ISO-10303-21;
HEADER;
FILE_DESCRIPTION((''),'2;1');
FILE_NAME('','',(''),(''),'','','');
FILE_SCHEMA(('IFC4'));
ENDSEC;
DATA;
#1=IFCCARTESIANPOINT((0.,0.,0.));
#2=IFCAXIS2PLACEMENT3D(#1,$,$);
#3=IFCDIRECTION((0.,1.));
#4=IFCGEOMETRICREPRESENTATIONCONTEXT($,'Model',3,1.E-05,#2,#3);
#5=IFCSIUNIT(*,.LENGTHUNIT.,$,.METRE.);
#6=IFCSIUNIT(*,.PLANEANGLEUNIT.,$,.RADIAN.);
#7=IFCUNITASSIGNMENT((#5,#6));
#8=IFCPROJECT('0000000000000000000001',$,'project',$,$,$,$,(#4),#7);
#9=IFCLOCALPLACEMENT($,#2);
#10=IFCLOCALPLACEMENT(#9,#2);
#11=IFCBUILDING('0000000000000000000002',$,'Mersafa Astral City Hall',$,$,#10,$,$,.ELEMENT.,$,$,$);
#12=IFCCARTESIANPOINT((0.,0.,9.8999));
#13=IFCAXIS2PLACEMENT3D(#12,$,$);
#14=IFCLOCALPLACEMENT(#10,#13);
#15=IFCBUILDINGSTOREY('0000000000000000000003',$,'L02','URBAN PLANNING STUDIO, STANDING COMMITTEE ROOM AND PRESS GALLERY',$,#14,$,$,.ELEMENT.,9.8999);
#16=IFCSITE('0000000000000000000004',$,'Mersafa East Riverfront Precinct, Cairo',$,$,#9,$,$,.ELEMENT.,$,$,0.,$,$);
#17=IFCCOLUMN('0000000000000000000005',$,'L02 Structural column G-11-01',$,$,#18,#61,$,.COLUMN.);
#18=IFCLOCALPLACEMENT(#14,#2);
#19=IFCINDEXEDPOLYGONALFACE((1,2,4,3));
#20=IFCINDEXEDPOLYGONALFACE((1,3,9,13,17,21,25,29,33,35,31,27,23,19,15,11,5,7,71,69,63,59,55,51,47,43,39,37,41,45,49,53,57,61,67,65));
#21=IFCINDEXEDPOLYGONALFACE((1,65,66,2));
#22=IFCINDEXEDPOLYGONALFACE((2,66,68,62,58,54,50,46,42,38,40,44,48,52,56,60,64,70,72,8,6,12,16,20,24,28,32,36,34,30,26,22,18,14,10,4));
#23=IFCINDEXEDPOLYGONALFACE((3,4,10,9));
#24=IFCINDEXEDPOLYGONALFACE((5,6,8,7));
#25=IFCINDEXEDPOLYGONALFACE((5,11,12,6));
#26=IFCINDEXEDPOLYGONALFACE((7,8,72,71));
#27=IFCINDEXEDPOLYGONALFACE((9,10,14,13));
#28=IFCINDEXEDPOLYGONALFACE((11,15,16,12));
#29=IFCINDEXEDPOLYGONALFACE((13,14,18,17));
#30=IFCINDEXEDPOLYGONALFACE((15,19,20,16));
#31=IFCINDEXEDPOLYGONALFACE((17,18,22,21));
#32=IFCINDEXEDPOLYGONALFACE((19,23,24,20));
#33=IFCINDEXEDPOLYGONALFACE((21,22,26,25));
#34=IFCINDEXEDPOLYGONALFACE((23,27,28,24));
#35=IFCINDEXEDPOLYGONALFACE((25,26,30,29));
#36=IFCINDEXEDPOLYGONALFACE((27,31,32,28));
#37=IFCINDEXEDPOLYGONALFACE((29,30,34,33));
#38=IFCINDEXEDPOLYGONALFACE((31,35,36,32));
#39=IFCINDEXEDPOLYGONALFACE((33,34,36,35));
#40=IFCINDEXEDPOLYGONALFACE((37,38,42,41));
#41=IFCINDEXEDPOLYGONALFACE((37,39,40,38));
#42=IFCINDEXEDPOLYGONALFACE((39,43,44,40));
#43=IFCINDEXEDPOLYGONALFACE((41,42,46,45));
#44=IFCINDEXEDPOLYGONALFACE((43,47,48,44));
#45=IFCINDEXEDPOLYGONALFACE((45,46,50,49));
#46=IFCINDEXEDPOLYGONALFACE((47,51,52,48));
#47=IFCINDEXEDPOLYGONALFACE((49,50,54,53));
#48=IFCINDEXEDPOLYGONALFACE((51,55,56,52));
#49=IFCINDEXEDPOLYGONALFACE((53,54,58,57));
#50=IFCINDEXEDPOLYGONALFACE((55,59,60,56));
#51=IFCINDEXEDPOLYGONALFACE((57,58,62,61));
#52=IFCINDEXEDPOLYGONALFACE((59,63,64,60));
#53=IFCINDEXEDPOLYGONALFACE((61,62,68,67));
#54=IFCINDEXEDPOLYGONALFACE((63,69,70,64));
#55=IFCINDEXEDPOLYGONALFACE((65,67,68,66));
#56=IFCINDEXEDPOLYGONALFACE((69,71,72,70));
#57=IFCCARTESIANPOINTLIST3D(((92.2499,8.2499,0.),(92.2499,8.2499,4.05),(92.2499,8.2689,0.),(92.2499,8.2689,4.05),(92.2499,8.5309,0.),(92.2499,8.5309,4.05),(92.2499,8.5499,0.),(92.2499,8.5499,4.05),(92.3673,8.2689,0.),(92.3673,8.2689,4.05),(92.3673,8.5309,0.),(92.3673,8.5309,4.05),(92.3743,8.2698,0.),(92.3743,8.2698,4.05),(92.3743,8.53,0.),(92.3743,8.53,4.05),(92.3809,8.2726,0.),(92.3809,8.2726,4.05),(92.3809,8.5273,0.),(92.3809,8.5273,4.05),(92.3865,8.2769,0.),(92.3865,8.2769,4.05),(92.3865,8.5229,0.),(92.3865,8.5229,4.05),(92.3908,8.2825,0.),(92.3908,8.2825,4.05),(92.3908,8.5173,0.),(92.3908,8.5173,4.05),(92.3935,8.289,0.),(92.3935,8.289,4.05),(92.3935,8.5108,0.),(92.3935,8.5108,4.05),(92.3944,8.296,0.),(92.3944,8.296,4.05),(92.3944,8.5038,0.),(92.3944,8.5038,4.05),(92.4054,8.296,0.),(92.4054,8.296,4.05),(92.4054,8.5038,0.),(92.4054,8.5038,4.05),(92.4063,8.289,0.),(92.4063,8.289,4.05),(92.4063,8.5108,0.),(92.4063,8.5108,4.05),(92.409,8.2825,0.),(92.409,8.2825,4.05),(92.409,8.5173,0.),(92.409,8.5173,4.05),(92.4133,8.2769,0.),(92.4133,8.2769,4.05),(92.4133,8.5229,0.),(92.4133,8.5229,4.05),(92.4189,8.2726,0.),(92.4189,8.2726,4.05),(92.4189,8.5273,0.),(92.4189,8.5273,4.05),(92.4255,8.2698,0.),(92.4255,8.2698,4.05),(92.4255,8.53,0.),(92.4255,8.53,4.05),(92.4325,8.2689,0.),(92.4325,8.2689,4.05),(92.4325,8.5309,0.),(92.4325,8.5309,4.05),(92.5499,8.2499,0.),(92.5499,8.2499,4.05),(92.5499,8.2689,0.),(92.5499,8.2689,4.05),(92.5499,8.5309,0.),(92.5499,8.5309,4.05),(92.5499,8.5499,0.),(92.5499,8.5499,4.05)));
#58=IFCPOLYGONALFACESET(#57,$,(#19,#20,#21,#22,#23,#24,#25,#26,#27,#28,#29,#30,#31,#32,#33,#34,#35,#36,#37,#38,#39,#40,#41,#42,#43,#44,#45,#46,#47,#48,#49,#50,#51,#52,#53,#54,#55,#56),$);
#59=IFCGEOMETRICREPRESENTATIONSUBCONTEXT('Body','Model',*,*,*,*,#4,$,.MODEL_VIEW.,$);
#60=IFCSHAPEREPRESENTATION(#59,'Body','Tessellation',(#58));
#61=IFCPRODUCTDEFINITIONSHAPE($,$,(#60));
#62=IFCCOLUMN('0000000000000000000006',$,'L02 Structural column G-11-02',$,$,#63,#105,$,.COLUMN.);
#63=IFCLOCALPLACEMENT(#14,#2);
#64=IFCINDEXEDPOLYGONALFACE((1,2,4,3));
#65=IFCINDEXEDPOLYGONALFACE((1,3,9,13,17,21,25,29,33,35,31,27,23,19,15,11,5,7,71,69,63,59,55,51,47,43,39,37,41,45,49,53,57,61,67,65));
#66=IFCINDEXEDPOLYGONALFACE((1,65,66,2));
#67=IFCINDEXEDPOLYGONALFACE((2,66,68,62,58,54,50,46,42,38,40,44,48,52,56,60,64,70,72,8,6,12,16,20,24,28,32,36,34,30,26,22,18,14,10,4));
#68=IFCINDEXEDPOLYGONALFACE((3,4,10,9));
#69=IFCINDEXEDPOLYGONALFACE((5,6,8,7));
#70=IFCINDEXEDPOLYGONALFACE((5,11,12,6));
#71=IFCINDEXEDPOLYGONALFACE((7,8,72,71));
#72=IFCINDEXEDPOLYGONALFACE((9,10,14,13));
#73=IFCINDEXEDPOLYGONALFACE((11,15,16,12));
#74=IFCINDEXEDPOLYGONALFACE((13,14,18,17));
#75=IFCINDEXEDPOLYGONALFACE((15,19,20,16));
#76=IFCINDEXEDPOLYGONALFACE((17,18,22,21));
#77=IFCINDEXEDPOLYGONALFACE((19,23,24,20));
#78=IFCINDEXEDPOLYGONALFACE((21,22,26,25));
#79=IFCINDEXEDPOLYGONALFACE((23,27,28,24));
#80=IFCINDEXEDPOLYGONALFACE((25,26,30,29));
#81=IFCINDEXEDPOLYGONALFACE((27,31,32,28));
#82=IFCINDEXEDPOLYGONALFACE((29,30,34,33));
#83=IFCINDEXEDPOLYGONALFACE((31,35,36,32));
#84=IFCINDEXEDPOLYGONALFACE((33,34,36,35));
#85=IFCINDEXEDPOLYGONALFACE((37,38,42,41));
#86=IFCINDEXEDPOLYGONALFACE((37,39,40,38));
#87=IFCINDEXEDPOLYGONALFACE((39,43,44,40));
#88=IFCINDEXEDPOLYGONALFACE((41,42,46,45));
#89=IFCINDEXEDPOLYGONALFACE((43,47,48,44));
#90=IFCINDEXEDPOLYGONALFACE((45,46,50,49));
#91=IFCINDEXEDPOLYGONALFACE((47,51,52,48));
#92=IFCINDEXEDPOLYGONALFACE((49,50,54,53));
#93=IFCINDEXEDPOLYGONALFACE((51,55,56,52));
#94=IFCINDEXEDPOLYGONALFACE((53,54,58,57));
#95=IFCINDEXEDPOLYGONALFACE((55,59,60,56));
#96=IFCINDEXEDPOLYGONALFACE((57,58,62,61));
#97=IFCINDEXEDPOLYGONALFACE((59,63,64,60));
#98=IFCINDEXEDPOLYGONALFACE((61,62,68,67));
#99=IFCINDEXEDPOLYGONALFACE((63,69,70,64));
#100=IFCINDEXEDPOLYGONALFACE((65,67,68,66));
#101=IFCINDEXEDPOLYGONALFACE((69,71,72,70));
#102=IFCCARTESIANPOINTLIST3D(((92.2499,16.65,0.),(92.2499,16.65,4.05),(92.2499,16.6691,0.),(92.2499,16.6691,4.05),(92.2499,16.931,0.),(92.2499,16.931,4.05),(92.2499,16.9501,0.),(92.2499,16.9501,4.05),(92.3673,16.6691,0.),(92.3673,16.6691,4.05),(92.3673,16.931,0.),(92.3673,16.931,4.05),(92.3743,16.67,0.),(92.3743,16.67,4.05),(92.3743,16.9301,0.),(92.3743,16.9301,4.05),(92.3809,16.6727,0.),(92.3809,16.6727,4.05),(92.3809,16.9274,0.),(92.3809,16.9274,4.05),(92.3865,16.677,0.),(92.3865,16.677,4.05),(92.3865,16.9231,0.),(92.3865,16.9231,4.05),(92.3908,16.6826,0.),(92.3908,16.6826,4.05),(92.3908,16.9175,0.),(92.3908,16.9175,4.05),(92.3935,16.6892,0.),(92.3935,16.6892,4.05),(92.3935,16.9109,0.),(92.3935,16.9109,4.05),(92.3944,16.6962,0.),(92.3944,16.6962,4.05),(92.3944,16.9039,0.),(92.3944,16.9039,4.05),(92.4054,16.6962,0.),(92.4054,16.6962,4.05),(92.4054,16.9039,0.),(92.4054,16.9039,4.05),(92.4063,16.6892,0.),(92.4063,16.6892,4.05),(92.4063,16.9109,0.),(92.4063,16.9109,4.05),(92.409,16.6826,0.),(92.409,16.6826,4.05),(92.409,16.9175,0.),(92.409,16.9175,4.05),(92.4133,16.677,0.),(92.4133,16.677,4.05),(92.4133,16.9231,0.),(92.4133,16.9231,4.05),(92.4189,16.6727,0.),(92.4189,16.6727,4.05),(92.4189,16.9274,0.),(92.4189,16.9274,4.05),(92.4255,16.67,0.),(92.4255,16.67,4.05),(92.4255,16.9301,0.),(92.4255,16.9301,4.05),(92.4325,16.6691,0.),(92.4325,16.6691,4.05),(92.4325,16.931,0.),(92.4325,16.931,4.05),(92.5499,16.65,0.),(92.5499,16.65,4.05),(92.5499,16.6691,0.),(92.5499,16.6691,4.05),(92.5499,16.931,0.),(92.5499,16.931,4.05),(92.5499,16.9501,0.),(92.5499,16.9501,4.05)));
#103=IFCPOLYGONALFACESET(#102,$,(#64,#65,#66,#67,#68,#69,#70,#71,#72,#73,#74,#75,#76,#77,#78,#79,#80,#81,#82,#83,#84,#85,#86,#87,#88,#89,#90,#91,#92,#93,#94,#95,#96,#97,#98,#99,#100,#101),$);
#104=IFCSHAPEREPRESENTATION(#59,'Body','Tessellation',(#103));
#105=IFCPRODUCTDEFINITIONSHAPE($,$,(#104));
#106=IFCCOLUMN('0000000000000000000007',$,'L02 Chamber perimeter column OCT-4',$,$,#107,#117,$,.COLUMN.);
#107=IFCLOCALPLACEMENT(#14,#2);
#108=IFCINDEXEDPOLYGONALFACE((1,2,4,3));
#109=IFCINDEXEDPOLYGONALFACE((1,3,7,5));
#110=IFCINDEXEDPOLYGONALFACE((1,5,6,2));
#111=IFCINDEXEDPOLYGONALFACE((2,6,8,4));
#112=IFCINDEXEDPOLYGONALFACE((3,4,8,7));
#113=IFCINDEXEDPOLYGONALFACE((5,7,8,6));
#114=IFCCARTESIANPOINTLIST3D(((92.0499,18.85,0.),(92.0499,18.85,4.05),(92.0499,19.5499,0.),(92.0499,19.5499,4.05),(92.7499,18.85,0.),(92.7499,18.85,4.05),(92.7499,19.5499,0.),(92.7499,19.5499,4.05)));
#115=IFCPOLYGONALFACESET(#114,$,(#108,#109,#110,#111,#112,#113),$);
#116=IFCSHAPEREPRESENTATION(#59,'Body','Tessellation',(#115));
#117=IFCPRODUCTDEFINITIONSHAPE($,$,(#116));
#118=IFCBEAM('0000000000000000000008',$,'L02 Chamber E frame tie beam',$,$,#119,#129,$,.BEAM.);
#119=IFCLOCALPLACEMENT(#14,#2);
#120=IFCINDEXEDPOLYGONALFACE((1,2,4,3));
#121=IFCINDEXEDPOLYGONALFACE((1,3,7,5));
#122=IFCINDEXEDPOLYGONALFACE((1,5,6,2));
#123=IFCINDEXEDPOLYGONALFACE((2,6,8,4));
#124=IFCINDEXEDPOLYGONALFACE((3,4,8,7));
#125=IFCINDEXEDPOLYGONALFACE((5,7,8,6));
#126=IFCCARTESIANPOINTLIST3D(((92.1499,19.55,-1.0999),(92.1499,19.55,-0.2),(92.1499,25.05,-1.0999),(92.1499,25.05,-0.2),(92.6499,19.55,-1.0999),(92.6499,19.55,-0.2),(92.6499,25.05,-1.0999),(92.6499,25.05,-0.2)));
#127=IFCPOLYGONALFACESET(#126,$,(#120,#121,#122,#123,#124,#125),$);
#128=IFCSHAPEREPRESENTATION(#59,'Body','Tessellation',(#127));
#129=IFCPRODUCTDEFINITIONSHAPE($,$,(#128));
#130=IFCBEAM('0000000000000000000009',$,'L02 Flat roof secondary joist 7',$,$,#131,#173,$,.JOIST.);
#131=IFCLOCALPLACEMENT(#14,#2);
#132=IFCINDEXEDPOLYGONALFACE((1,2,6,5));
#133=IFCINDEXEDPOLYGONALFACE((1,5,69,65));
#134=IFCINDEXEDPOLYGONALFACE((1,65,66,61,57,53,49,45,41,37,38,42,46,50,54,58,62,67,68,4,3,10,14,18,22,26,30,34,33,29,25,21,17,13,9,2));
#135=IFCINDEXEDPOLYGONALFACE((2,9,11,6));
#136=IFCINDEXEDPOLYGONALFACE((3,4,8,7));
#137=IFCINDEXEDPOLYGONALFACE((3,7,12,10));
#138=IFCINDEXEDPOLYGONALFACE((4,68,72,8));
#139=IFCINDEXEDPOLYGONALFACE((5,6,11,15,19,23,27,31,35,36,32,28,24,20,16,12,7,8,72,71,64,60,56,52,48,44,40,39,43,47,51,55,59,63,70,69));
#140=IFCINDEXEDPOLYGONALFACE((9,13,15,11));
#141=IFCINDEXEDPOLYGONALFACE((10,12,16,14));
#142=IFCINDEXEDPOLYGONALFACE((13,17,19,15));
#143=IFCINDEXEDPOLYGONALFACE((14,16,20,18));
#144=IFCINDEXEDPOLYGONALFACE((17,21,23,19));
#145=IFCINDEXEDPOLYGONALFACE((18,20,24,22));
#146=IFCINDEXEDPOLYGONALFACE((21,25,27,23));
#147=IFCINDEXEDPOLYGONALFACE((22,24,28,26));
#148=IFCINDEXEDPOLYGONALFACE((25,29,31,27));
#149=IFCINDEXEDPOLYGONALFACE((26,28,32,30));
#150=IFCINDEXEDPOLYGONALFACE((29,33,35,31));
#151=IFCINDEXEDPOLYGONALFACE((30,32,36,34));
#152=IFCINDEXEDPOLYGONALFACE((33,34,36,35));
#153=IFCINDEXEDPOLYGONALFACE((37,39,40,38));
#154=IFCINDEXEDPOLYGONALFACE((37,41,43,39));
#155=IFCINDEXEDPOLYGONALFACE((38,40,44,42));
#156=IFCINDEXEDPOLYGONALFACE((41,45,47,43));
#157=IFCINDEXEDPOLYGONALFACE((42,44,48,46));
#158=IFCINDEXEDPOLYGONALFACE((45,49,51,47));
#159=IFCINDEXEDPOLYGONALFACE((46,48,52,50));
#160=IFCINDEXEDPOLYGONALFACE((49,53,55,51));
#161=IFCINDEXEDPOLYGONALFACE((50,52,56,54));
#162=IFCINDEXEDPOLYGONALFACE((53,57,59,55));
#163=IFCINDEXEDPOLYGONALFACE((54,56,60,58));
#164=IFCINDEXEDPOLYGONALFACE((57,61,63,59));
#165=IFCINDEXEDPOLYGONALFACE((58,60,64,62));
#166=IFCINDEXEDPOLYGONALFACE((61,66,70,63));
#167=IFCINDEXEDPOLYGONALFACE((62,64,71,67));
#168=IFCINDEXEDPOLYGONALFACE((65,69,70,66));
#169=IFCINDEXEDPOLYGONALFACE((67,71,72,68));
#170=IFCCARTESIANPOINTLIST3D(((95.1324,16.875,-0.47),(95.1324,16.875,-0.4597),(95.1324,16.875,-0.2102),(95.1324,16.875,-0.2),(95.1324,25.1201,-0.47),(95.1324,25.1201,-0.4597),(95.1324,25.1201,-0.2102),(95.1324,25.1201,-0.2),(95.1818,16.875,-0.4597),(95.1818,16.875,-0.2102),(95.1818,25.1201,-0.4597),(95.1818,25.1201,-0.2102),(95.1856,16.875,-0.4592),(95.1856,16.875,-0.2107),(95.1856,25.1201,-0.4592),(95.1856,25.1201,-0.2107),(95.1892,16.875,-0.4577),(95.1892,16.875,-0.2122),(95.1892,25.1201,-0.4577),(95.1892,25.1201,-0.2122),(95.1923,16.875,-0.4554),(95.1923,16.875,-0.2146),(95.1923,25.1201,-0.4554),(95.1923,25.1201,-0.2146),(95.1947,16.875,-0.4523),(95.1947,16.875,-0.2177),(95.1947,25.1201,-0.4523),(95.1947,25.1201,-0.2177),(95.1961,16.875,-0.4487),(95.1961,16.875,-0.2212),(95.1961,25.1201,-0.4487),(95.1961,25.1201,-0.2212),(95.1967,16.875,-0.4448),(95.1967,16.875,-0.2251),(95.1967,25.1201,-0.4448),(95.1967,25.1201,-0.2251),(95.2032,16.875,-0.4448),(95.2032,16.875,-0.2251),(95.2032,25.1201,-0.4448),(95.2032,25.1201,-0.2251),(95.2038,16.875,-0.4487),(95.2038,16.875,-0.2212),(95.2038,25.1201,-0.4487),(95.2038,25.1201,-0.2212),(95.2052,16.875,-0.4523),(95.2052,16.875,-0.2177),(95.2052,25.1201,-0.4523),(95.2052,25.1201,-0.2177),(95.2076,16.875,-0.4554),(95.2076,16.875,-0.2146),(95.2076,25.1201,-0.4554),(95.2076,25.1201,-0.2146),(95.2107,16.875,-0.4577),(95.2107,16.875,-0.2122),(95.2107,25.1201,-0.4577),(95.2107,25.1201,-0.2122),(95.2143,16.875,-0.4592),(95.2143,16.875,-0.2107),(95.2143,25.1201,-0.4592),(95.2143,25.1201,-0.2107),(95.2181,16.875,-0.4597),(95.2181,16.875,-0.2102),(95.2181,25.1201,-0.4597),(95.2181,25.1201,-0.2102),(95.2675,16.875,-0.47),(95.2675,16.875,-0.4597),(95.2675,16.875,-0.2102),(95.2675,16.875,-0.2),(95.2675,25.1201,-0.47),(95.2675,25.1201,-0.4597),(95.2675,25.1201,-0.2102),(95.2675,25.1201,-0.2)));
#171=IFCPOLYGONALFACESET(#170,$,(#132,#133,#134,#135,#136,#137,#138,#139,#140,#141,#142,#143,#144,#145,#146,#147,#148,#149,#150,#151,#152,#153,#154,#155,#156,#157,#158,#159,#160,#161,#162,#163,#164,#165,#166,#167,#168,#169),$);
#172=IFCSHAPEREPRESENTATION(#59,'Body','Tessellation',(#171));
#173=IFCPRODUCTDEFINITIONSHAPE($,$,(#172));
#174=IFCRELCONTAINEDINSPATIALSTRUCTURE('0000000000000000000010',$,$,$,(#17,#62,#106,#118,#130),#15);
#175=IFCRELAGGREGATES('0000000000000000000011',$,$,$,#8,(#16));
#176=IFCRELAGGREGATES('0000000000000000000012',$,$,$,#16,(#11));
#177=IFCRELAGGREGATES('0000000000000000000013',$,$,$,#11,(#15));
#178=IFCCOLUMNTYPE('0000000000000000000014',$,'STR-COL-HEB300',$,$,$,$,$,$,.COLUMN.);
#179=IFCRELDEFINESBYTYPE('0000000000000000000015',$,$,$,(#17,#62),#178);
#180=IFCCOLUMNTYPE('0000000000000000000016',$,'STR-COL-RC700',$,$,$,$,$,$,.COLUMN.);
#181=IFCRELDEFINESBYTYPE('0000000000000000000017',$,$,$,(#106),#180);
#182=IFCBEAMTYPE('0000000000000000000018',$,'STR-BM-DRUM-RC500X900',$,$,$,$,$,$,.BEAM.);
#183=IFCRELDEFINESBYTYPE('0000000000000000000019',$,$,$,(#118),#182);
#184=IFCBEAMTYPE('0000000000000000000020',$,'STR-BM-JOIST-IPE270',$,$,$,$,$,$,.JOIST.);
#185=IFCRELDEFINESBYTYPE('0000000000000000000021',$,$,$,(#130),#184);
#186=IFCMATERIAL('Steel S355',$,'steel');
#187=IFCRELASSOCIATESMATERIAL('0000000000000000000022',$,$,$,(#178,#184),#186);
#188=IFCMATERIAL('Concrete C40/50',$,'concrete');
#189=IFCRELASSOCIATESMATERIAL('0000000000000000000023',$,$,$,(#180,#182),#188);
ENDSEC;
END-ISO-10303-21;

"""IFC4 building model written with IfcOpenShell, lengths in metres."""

from ifc_helpers import new_model, si_unit, direction, frame, origin, origin_2d, place, context, subcontext, project, spatial, rectangle, i_section, extrude, material, material_profile, profile_set, type_object, element, save


model = new_model("IFC4")

# Units and contexts
model_context = context("Model", 3, precision=1e-05, world=origin(), true_north=direction((0.0, 1.0)))
body_context = subcontext(model_context, "Body", "Model", "MODEL_VIEW")
ifc_project = project(units=[si_unit("LENGTHUNIT", "METRE"), si_unit("PLANEANGLEUNIT", "RADIAN")], contexts=[model_context])

# Site, building, storey
site_placement = place(None, origin())
site = spatial("IfcSite", under=ifc_project, at=site_placement, Name="Mersafa East Riverfront Precinct, Cairo", CompositionType="ELEMENT", RefElevation=0.0)
building_placement = place(site_placement, origin())
building = spatial("IfcBuilding", under=site, at=building_placement, Name="Mersafa Astral City Hall", CompositionType="ELEMENT")
storey_placement = place(building_placement, frame((0.0, 0.0, 9.8999)))
storey = spatial("IfcBuildingStorey", under=building, at=storey_placement, Name="L02", Description="URBAN PLANNING STUDIO, STANDING COMMITTEE ROOM AND PRESS GALLERY", CompositionType="ELEMENT", Elevation=9.8999)

# Columns
ifc_material_1 = material(Name="Steel S355", Category="steel")
ifc_material_profile_1 = material_profile(ifc_material_1, i_section(OverallWidth=0.3, OverallDepth=0.3, WebThickness=0.011, FlangeThickness=0.019, FilletRadius=0.0271, at=origin_2d()), Name="HEB 300")
ifc_profile_set_1 = profile_set([ifc_material_profile_1], Name="Steel S355")
column_type_1 = type_object("IfcColumnType", Name="STR-COL-HEB300", PredefinedType="COLUMN", material=ifc_profile_set_1)
for number, where, z_axis, x_axis, name in (
    (1, (92.3999, 8.3999, 0.0), (0.0, 0.0, 1.0), (1.0, 0.0, 0.0), "L02 Structural column G-11-01"),
    (2, (92.3999, 16.8, 0.0), (0.0, 0.0, 1.0), (1.0, 0.0, 0.0), "L02 Structural column G-11-02"),
):
    element("IfcColumn", number, at=place(storey_placement, frame(where, z_axis=z_axis, x_axis=x_axis)), inside=storey, type_object=column_type_1, Name=name, PredefinedType="COLUMN", context=body_context, shape_type="SweptSolid", body=[
        extrude(i_section(OverallWidth=0.3, OverallDepth=0.3, WebThickness=0.011, FlangeThickness=0.019, FilletRadius=0.0271, at=origin_2d()), origin(), (0.0, 0.0, 1.0), 4.05),
    ])
ifc_material_2 = material(Name="Concrete C40/50", Category="concrete")
ifc_material_profile_2 = material_profile(ifc_material_2, rectangle(XDim=0.7, YDim=0.7, at=origin_2d()), Name="RC 700x700")
ifc_profile_set_2 = profile_set([ifc_material_profile_2], Name="Concrete C40/50")
column_type_2 = type_object("IfcColumnType", Name="STR-COL-RC700", PredefinedType="COLUMN", material=ifc_profile_set_2)
column_placement = place(storey_placement, frame((92.3999, 19.2, 0.0), z_axis=(0.0, 0.0, 1.0), x_axis=(1.0, 0.0, 0.0)))
element("IfcColumn", 3, at=column_placement, inside=storey, type_object=column_type_2, Name="L02 Chamber perimeter column OCT-4", PredefinedType="COLUMN", context=body_context, shape_type="SweptSolid", body=[
    extrude(rectangle(XDim=0.7, YDim=0.7, at=origin_2d()), origin(), (0.0, 0.0, 1.0), 4.05),
])

# Beams
ifc_material_profile_3 = material_profile(ifc_material_2, rectangle(XDim=0.5, YDim=0.8999, at=origin_2d()), Name="RC 500x900")
ifc_profile_set_3 = profile_set([ifc_material_profile_3], Name="Concrete C40/50")
beam_type_1 = type_object("IfcBeamType", Name="STR-BM-DRUM-RC500X900", PredefinedType="BEAM", material=ifc_profile_set_3)
beam_1_placement = place(storey_placement, frame((92.3999, 19.55, -0.6499), z_axis=(0.0, 1.0, 0.0), x_axis=(-1.0, 0.0, 0.0)))
element("IfcBeam", 4, at=beam_1_placement, inside=storey, type_object=beam_type_1, Name="L02 Chamber E frame tie beam", PredefinedType="BEAM", context=body_context, shape_type="SweptSolid", body=[
    extrude(rectangle(XDim=0.5, YDim=0.8999, at=origin_2d()), origin(), (0.0, 0.0, 1.0), 5.5),
])
ifc_material_profile_4 = material_profile(ifc_material_1, i_section(OverallWidth=0.135, OverallDepth=0.27, WebThickness=0.0066, FlangeThickness=0.0103, FilletRadius=0.0149, at=origin_2d()), Name="IPE 270")
ifc_profile_set_4 = profile_set([ifc_material_profile_4], Name="Steel S355")
beam_type_2 = type_object("IfcBeamType", Name="STR-BM-JOIST-IPE270", PredefinedType="JOIST", material=ifc_profile_set_4)
for number, where, z_axis, x_axis, name in (
    (5, (95.2, 16.875, -0.335), (0.0, 1.0, 0.0), (-1.0, 0.0, 0.0), "L02 Flat roof secondary joist 7"),
):
    element("IfcBeam", number, at=place(storey_placement, frame(where, z_axis=z_axis, x_axis=x_axis)), inside=storey, type_object=beam_type_2, Name=name, PredefinedType="JOIST", context=body_context, shape_type="SweptSolid", body=[
        extrude(i_section(OverallWidth=0.135, OverallDepth=0.27, WebThickness=0.0066, FlangeThickness=0.0103, FilletRadius=0.0149, at=origin_2d()), origin(), (0.0, 0.0, 1.0), 8.2451),
    ])

save(model, "model.ifc")
